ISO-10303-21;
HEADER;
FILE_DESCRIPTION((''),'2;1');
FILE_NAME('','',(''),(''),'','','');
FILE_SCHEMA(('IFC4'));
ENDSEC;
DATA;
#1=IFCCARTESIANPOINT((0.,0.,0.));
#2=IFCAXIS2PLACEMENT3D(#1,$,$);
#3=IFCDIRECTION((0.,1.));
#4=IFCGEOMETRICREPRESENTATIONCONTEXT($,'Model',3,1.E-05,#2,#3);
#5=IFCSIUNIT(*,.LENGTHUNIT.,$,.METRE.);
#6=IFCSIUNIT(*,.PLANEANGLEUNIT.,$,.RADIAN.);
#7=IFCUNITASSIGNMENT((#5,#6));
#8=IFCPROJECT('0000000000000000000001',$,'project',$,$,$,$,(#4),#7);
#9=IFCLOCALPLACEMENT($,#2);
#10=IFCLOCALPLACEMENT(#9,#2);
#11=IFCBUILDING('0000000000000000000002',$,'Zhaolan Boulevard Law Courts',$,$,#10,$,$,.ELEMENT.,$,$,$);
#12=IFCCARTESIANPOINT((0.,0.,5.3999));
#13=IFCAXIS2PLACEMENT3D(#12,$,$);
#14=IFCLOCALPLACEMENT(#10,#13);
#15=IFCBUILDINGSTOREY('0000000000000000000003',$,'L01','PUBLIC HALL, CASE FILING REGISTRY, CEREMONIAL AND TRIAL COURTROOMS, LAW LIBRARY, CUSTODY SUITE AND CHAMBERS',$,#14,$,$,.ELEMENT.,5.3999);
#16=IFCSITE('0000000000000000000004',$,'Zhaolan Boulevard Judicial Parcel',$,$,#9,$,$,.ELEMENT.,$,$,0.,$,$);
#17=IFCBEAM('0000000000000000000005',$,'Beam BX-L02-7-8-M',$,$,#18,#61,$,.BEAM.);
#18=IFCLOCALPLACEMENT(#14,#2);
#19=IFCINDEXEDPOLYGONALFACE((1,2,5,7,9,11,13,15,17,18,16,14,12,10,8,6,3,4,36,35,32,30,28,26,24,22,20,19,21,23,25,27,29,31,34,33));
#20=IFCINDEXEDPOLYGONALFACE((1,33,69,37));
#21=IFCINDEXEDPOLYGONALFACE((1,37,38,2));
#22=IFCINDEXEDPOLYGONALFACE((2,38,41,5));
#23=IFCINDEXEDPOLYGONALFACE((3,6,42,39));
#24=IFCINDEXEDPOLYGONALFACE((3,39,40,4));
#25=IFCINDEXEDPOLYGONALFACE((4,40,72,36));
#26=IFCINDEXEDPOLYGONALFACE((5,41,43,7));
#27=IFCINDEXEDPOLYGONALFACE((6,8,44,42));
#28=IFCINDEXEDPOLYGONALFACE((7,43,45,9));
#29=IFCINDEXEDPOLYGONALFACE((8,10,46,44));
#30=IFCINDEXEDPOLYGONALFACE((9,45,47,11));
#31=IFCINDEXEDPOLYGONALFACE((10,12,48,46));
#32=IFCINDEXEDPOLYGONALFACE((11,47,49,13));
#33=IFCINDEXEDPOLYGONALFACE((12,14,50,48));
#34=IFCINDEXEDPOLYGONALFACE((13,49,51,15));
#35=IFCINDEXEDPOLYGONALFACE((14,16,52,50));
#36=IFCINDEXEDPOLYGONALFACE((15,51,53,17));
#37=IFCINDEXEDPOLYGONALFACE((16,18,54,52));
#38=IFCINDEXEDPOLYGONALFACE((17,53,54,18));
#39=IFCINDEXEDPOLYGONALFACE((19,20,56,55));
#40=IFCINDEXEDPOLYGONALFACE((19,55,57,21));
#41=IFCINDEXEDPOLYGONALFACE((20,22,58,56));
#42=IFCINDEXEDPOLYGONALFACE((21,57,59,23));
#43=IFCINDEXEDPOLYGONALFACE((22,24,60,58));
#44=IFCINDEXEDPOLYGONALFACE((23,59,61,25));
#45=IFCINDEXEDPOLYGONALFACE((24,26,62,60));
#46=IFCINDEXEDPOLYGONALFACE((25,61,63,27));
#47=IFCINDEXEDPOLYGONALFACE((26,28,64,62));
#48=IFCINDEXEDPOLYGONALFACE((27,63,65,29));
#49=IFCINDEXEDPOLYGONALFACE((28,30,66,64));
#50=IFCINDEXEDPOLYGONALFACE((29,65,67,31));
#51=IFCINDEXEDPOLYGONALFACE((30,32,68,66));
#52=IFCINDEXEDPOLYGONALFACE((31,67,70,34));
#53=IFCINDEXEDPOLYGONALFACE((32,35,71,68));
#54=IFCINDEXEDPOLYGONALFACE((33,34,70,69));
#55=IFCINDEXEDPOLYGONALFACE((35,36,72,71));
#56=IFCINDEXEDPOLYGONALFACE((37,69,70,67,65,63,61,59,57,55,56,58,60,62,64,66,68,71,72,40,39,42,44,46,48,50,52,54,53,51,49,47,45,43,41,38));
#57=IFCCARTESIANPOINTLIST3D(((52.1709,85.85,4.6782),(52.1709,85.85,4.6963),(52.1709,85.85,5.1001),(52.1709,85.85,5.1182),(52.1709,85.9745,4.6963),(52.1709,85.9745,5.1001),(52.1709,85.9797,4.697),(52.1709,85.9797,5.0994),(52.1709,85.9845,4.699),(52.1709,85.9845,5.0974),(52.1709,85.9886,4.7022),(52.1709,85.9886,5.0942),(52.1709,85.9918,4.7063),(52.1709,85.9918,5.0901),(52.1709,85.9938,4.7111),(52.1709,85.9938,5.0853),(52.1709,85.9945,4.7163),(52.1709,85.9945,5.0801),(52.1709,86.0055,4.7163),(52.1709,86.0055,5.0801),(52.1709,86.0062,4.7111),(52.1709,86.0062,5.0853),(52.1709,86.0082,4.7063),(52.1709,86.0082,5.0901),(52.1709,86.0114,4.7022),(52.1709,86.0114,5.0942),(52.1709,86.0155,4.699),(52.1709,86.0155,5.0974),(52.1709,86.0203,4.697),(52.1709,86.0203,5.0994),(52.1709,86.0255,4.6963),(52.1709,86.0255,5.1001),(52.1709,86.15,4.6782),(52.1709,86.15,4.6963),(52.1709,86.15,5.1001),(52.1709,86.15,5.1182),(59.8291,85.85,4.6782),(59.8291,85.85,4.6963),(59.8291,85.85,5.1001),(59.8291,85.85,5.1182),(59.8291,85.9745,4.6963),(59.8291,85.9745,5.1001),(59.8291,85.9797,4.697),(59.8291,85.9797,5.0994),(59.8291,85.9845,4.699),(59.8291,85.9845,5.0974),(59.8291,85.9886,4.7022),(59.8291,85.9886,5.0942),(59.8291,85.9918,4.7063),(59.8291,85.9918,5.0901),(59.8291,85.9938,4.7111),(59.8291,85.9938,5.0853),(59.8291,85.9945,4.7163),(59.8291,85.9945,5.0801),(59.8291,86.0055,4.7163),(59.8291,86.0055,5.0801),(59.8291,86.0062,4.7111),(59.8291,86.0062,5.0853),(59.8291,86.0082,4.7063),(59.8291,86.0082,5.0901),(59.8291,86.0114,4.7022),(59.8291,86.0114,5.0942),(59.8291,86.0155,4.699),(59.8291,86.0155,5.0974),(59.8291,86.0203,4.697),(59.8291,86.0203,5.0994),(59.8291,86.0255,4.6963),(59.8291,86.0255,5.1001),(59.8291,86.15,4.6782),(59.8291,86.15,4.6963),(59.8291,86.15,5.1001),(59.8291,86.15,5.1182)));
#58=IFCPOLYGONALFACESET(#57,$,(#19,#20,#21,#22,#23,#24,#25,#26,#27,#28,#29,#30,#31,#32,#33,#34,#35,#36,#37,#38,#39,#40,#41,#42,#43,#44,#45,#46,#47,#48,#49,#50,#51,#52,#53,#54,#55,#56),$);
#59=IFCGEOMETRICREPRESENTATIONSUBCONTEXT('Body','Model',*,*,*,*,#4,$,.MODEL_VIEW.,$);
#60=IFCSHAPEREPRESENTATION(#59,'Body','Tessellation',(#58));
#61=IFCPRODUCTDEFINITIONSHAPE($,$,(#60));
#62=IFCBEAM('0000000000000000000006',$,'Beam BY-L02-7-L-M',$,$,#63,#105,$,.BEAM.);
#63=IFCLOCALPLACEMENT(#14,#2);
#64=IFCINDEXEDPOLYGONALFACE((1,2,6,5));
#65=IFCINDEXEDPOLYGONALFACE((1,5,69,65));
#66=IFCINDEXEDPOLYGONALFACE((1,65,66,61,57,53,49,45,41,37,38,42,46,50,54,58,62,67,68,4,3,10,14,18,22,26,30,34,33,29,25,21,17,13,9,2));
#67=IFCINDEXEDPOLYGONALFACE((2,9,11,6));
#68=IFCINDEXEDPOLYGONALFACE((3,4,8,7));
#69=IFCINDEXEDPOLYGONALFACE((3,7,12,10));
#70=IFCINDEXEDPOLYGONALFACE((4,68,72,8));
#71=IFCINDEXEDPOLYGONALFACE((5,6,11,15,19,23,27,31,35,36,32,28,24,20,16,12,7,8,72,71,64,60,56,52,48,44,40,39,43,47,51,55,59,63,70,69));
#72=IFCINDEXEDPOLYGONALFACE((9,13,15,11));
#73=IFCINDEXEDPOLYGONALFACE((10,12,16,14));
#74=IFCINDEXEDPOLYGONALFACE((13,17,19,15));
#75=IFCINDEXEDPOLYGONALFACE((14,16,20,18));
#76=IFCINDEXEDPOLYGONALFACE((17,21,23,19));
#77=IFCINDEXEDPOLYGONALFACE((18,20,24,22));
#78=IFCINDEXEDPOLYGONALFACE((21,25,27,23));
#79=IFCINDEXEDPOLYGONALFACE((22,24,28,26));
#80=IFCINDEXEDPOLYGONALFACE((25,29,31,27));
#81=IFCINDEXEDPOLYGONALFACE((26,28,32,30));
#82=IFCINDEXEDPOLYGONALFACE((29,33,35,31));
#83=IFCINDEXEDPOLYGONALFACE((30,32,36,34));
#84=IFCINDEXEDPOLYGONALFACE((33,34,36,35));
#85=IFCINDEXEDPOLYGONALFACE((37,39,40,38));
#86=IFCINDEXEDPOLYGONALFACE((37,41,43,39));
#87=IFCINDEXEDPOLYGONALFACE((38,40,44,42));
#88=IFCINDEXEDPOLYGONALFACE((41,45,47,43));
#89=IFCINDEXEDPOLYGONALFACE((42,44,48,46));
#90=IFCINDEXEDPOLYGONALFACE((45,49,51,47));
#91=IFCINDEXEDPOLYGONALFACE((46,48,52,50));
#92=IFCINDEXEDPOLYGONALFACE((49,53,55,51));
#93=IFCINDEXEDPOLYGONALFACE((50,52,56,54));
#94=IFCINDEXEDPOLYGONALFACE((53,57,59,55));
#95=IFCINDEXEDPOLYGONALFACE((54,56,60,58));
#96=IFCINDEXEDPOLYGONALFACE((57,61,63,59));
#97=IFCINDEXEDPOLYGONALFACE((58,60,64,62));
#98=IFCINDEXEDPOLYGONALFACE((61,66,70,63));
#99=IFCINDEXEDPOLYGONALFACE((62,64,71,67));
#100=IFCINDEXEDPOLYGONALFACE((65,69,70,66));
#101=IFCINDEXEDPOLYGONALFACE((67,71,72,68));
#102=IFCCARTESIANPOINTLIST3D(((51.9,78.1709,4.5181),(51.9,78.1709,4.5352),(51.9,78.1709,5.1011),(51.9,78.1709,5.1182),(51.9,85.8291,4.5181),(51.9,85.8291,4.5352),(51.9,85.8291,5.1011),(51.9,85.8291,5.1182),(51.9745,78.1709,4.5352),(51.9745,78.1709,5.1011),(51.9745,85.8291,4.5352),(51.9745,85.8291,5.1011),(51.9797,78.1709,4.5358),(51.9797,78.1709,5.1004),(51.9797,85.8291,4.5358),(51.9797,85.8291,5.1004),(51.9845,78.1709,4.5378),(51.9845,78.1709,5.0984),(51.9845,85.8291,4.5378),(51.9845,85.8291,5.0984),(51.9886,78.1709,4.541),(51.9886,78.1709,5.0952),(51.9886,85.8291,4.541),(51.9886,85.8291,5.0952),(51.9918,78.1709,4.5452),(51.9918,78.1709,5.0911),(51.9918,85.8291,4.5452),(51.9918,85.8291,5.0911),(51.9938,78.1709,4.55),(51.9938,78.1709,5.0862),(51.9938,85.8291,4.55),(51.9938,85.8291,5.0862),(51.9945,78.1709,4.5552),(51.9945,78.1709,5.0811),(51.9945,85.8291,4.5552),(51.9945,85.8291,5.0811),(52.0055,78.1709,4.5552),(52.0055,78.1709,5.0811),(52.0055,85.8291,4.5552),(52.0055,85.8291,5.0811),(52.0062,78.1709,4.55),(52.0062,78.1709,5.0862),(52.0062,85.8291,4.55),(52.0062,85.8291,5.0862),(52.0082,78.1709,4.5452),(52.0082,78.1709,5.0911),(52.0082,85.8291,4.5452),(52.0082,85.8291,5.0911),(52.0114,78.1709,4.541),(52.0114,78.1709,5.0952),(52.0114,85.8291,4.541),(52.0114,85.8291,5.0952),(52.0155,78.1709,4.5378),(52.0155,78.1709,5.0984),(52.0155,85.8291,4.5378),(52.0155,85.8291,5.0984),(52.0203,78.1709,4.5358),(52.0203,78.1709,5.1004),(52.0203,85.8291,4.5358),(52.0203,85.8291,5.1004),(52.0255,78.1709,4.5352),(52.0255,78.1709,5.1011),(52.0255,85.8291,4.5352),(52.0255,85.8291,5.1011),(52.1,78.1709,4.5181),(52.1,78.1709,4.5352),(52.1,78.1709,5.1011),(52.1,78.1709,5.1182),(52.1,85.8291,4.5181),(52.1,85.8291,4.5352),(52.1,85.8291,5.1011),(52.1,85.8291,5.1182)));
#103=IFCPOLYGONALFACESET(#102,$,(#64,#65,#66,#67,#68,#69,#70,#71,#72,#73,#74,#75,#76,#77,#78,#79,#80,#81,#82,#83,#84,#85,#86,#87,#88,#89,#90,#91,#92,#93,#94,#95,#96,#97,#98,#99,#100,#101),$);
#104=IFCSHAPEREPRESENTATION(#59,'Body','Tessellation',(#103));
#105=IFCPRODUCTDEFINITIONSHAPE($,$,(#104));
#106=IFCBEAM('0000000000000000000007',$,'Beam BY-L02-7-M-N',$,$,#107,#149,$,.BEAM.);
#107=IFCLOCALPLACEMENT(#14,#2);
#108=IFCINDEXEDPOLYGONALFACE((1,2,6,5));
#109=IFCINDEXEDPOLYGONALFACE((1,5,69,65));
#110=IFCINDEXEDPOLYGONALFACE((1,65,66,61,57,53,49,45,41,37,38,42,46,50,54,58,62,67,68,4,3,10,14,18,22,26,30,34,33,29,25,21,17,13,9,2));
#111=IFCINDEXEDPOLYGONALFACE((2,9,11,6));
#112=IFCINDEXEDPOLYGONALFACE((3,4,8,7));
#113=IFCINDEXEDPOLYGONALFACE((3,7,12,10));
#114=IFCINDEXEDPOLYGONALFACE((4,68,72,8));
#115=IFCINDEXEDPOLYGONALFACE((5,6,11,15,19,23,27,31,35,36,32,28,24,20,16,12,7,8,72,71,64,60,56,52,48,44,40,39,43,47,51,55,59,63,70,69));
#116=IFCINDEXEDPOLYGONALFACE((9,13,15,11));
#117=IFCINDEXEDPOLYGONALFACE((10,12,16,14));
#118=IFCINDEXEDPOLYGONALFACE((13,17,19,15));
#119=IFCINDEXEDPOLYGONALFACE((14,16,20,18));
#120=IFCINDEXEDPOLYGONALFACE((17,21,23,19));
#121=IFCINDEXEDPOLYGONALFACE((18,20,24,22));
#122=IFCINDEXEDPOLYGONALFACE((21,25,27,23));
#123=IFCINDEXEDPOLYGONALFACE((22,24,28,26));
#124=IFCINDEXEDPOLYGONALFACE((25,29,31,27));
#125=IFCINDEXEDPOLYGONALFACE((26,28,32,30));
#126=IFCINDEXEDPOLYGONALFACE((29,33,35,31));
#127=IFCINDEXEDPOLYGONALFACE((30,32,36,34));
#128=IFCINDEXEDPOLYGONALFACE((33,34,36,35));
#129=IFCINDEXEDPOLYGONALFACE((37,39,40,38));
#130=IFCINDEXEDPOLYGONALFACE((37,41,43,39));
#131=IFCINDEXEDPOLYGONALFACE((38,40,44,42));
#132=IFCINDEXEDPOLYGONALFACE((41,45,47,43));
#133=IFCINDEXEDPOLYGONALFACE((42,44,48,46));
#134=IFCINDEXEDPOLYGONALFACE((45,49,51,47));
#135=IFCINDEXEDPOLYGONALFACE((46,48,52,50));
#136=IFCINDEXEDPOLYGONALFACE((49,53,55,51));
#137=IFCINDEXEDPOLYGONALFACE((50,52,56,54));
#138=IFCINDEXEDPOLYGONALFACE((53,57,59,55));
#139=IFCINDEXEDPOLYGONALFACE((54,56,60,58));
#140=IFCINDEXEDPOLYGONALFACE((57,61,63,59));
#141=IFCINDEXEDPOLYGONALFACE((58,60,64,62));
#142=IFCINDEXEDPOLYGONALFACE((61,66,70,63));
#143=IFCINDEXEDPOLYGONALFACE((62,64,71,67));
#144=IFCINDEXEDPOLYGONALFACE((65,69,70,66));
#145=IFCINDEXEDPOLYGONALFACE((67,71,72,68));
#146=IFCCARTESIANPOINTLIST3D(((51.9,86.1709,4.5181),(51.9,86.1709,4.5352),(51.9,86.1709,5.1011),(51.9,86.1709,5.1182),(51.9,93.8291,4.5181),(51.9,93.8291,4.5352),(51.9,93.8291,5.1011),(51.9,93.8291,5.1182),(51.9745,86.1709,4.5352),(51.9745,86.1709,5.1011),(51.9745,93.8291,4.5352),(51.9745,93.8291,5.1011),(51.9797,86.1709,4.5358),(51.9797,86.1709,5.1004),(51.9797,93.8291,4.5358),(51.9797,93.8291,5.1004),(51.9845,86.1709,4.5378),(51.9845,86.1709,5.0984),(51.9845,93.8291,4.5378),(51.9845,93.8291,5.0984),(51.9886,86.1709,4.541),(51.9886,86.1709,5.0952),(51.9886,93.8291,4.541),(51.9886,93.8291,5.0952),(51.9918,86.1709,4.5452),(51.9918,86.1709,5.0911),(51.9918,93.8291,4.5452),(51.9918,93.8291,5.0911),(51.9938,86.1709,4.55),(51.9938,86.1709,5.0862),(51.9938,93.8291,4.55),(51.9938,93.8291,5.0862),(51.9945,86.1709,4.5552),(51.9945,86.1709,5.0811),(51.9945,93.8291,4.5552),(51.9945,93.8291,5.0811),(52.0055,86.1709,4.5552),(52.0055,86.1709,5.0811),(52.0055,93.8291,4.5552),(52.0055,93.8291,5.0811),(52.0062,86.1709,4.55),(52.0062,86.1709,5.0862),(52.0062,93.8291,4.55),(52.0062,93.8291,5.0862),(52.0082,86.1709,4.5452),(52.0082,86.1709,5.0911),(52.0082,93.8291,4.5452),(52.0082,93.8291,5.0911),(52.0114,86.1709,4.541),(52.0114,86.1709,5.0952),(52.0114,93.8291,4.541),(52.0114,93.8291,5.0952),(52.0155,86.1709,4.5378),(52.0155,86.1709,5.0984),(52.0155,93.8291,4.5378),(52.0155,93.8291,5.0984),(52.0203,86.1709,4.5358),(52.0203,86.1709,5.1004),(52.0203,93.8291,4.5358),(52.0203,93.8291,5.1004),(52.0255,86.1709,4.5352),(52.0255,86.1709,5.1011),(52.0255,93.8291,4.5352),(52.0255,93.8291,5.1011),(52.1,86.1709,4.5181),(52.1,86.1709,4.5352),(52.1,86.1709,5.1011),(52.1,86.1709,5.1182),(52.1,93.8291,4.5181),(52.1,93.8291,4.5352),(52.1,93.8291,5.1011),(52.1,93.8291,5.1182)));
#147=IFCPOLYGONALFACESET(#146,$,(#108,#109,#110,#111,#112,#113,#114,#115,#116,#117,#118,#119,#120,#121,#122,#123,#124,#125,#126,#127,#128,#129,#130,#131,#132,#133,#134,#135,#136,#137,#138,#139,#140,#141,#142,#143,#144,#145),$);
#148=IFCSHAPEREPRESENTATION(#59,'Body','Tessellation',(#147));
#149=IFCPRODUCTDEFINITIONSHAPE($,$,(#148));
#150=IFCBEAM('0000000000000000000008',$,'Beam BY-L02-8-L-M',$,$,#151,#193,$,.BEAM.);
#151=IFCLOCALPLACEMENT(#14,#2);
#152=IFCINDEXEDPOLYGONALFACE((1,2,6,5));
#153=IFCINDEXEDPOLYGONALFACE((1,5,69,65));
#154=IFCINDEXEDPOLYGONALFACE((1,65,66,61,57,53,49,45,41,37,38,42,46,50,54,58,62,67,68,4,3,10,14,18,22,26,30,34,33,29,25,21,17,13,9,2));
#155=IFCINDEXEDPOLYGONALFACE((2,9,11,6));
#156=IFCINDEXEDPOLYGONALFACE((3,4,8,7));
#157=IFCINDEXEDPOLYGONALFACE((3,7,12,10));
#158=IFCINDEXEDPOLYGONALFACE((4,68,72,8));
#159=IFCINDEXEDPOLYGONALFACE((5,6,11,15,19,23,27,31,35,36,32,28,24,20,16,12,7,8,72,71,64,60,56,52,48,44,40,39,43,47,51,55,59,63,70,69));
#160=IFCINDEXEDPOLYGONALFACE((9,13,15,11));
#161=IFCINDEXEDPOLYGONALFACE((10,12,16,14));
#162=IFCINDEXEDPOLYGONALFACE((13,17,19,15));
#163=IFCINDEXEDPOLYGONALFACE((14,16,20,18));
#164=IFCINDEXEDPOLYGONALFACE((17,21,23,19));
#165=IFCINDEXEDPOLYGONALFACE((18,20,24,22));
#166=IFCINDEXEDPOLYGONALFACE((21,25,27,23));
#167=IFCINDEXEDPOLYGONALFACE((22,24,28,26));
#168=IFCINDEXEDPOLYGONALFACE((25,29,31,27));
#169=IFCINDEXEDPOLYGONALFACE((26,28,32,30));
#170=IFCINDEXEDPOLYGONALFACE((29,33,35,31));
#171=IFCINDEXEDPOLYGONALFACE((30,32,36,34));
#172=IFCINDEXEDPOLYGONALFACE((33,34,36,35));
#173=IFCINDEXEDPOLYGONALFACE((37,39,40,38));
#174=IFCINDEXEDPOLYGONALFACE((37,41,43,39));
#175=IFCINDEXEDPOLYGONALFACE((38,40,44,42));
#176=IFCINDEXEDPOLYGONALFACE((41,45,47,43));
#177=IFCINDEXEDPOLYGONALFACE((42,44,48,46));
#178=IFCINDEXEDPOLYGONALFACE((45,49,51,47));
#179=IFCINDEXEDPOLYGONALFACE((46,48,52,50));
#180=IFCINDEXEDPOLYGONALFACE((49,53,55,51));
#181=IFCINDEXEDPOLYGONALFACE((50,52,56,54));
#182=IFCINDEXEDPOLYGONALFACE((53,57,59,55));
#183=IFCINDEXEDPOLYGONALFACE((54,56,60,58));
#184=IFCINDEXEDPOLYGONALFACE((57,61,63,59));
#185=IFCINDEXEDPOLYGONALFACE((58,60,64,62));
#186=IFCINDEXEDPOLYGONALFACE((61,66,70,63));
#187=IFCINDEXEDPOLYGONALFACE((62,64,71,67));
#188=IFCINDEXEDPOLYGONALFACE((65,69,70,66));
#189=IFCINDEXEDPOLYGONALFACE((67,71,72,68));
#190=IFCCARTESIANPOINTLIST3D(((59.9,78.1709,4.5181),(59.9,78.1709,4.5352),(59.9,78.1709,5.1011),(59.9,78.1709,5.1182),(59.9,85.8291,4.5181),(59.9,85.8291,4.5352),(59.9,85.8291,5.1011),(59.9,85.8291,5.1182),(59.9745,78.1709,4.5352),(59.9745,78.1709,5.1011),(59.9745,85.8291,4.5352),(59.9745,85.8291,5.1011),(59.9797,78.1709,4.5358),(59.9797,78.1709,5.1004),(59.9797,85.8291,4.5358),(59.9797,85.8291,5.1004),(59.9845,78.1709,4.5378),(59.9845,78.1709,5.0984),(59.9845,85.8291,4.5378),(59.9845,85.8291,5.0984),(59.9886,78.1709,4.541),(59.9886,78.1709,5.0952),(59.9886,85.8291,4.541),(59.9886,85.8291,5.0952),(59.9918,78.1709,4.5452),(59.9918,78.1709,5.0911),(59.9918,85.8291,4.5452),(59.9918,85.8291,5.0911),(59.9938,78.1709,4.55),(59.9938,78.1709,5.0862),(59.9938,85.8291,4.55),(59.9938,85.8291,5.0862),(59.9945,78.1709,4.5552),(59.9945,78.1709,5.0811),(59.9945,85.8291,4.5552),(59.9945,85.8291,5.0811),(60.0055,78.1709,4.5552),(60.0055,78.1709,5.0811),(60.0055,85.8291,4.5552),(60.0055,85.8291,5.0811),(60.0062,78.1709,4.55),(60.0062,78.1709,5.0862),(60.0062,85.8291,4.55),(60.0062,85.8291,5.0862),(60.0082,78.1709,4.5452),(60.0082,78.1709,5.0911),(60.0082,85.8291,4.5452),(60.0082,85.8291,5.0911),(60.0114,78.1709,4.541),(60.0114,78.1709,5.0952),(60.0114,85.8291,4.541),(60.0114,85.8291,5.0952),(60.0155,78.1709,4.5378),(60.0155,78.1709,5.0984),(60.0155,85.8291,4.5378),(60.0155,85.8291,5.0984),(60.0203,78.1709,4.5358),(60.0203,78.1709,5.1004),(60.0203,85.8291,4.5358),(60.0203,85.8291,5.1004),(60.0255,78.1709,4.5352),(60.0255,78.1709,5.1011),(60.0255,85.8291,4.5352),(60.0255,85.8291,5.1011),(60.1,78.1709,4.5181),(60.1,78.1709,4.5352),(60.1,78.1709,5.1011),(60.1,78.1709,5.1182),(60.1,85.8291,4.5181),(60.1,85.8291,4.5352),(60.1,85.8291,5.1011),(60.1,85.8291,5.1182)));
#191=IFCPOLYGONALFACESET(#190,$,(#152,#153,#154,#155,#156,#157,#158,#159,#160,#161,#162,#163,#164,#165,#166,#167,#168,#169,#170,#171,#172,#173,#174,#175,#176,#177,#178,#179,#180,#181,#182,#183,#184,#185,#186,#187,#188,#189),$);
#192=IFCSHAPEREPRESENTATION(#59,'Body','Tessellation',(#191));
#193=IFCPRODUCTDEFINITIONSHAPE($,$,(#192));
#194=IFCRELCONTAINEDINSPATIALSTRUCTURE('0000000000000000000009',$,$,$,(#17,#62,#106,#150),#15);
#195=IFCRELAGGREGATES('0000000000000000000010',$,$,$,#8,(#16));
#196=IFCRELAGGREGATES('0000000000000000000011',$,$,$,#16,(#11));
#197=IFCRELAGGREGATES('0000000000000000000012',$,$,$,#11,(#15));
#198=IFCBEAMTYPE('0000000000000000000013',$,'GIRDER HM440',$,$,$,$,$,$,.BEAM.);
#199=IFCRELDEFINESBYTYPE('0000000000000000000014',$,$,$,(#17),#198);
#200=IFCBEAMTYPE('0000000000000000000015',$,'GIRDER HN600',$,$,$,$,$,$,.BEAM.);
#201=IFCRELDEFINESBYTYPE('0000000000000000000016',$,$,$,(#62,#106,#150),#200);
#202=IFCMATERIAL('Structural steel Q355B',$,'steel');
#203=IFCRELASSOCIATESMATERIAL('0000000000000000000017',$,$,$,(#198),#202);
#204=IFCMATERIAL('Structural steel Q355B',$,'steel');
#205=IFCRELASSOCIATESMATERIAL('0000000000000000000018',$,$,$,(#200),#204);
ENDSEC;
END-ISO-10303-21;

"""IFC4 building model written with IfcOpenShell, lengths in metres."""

from ifc_helpers import new_model, si_unit, direction, frame, origin, origin_2d, place, context, subcontext, project, spatial, i_section, extrude, material, material_profile, profile_set, type_object, element, save


model = new_model("IFC4")

# Units and contexts
model_context = context("Model", 3, precision=1e-05, world=origin(), true_north=direction((0.0, 1.0)))
body_context = subcontext(model_context, "Body", "Model", "MODEL_VIEW")
ifc_project = project(units=[si_unit("LENGTHUNIT", "METRE"), si_unit("PLANEANGLEUNIT", "RADIAN")], contexts=[model_context])

# Site, building, storey
site_placement = place(None, origin())
site = spatial("IfcSite", under=ifc_project, at=site_placement, Name="Zhaolan Boulevard Judicial Parcel", CompositionType="ELEMENT", RefElevation=0.0)
building_placement = place(site_placement, origin())
building = spatial("IfcBuilding", under=site, at=building_placement, Name="Zhaolan Boulevard Law Courts", CompositionType="ELEMENT")
storey_placement = place(building_placement, frame((0.0, 0.0, 5.3999)))
storey = spatial("IfcBuildingStorey", under=building, at=storey_placement, Name="L01", Description="PUBLIC HALL, CASE FILING REGISTRY, CEREMONIAL AND TRIAL COURTROOMS, LAW LIBRARY, CUSTODY SUITE AND CHAMBERS", CompositionType="ELEMENT", Elevation=5.3999)

# Beams
ifc_material_1 = material(Name="Structural steel Q355B", Category="steel")
ifc_material_profile_1 = material_profile(ifc_material_1, i_section(OverallWidth=0.3, OverallDepth=0.4399, WebThickness=0.011, FlangeThickness=0.0181, FilletRadius=0.02, at=origin_2d()), Name="HM440x300")
ifc_profile_set_1 = profile_set([ifc_material_profile_1], Name="Structural steel Q355B")
beam_type_1 = type_object("IfcBeamType", Name="GIRDER HM440", PredefinedType="BEAM", material=ifc_profile_set_1)
beam_1_placement = place(storey_placement, frame((52.1709, 86.0, 4.8982), z_axis=(1.0, 0.0, 0.0), x_axis=(0.0, 1.0, 0.0)))
element("IfcBeam", 1, at=beam_1_placement, inside=storey, type_object=beam_type_1, Name="Beam BX-L02-7-8-M", PredefinedType="BEAM", context=body_context, shape_type="SweptSolid", body=[
    extrude(i_section(OverallWidth=0.3, OverallDepth=0.4399, WebThickness=0.011, FlangeThickness=0.0181, FilletRadius=0.02, at=origin_2d()), origin(), (0.0, 0.0, 1.0), 7.6582),
])
ifc_material_2 = material(Name="Structural steel Q355B", Category="steel")
ifc_material_profile_2 = material_profile(ifc_material_2, i_section(OverallWidth=0.2, OverallDepth=0.6001, WebThickness=0.011, FlangeThickness=0.0171, FilletRadius=0.02, at=origin_2d()), Name="HN600x200")
ifc_profile_set_2 = profile_set([ifc_material_profile_2], Name="Structural steel Q355B")
beam_type_2 = type_object("IfcBeamType", Name="GIRDER HN600", PredefinedType="BEAM", material=ifc_profile_set_2)
for number, where, z_axis, x_axis, name in (
    (2, (52.0, 78.1709, 4.8181), (0.0, 1.0, 0.0), (-1.0, 0.0, 0.0), "Beam BY-L02-7-L-M"),
    (3, (52.0, 86.1709, 4.8181), (0.0, 1.0, 0.0), (-1.0, 0.0, 0.0), "Beam BY-L02-7-M-N"),
    (4, (60.0, 78.1709, 4.8181), (0.0, 1.0, 0.0), (-1.0, 0.0, 0.0), "Beam BY-L02-8-L-M"),
):
    element("IfcBeam", number, at=place(storey_placement, frame(where, z_axis=z_axis, x_axis=x_axis)), inside=storey, type_object=beam_type_2, Name=name, PredefinedType="BEAM", context=body_context, shape_type="SweptSolid", body=[
        extrude(i_section(OverallWidth=0.2, OverallDepth=0.6001, WebThickness=0.011, FlangeThickness=0.0171, FilletRadius=0.02, at=origin_2d()), origin(), (0.0, 0.0, 1.0), 7.6582),
    ])

save(model, "model.ifc")
